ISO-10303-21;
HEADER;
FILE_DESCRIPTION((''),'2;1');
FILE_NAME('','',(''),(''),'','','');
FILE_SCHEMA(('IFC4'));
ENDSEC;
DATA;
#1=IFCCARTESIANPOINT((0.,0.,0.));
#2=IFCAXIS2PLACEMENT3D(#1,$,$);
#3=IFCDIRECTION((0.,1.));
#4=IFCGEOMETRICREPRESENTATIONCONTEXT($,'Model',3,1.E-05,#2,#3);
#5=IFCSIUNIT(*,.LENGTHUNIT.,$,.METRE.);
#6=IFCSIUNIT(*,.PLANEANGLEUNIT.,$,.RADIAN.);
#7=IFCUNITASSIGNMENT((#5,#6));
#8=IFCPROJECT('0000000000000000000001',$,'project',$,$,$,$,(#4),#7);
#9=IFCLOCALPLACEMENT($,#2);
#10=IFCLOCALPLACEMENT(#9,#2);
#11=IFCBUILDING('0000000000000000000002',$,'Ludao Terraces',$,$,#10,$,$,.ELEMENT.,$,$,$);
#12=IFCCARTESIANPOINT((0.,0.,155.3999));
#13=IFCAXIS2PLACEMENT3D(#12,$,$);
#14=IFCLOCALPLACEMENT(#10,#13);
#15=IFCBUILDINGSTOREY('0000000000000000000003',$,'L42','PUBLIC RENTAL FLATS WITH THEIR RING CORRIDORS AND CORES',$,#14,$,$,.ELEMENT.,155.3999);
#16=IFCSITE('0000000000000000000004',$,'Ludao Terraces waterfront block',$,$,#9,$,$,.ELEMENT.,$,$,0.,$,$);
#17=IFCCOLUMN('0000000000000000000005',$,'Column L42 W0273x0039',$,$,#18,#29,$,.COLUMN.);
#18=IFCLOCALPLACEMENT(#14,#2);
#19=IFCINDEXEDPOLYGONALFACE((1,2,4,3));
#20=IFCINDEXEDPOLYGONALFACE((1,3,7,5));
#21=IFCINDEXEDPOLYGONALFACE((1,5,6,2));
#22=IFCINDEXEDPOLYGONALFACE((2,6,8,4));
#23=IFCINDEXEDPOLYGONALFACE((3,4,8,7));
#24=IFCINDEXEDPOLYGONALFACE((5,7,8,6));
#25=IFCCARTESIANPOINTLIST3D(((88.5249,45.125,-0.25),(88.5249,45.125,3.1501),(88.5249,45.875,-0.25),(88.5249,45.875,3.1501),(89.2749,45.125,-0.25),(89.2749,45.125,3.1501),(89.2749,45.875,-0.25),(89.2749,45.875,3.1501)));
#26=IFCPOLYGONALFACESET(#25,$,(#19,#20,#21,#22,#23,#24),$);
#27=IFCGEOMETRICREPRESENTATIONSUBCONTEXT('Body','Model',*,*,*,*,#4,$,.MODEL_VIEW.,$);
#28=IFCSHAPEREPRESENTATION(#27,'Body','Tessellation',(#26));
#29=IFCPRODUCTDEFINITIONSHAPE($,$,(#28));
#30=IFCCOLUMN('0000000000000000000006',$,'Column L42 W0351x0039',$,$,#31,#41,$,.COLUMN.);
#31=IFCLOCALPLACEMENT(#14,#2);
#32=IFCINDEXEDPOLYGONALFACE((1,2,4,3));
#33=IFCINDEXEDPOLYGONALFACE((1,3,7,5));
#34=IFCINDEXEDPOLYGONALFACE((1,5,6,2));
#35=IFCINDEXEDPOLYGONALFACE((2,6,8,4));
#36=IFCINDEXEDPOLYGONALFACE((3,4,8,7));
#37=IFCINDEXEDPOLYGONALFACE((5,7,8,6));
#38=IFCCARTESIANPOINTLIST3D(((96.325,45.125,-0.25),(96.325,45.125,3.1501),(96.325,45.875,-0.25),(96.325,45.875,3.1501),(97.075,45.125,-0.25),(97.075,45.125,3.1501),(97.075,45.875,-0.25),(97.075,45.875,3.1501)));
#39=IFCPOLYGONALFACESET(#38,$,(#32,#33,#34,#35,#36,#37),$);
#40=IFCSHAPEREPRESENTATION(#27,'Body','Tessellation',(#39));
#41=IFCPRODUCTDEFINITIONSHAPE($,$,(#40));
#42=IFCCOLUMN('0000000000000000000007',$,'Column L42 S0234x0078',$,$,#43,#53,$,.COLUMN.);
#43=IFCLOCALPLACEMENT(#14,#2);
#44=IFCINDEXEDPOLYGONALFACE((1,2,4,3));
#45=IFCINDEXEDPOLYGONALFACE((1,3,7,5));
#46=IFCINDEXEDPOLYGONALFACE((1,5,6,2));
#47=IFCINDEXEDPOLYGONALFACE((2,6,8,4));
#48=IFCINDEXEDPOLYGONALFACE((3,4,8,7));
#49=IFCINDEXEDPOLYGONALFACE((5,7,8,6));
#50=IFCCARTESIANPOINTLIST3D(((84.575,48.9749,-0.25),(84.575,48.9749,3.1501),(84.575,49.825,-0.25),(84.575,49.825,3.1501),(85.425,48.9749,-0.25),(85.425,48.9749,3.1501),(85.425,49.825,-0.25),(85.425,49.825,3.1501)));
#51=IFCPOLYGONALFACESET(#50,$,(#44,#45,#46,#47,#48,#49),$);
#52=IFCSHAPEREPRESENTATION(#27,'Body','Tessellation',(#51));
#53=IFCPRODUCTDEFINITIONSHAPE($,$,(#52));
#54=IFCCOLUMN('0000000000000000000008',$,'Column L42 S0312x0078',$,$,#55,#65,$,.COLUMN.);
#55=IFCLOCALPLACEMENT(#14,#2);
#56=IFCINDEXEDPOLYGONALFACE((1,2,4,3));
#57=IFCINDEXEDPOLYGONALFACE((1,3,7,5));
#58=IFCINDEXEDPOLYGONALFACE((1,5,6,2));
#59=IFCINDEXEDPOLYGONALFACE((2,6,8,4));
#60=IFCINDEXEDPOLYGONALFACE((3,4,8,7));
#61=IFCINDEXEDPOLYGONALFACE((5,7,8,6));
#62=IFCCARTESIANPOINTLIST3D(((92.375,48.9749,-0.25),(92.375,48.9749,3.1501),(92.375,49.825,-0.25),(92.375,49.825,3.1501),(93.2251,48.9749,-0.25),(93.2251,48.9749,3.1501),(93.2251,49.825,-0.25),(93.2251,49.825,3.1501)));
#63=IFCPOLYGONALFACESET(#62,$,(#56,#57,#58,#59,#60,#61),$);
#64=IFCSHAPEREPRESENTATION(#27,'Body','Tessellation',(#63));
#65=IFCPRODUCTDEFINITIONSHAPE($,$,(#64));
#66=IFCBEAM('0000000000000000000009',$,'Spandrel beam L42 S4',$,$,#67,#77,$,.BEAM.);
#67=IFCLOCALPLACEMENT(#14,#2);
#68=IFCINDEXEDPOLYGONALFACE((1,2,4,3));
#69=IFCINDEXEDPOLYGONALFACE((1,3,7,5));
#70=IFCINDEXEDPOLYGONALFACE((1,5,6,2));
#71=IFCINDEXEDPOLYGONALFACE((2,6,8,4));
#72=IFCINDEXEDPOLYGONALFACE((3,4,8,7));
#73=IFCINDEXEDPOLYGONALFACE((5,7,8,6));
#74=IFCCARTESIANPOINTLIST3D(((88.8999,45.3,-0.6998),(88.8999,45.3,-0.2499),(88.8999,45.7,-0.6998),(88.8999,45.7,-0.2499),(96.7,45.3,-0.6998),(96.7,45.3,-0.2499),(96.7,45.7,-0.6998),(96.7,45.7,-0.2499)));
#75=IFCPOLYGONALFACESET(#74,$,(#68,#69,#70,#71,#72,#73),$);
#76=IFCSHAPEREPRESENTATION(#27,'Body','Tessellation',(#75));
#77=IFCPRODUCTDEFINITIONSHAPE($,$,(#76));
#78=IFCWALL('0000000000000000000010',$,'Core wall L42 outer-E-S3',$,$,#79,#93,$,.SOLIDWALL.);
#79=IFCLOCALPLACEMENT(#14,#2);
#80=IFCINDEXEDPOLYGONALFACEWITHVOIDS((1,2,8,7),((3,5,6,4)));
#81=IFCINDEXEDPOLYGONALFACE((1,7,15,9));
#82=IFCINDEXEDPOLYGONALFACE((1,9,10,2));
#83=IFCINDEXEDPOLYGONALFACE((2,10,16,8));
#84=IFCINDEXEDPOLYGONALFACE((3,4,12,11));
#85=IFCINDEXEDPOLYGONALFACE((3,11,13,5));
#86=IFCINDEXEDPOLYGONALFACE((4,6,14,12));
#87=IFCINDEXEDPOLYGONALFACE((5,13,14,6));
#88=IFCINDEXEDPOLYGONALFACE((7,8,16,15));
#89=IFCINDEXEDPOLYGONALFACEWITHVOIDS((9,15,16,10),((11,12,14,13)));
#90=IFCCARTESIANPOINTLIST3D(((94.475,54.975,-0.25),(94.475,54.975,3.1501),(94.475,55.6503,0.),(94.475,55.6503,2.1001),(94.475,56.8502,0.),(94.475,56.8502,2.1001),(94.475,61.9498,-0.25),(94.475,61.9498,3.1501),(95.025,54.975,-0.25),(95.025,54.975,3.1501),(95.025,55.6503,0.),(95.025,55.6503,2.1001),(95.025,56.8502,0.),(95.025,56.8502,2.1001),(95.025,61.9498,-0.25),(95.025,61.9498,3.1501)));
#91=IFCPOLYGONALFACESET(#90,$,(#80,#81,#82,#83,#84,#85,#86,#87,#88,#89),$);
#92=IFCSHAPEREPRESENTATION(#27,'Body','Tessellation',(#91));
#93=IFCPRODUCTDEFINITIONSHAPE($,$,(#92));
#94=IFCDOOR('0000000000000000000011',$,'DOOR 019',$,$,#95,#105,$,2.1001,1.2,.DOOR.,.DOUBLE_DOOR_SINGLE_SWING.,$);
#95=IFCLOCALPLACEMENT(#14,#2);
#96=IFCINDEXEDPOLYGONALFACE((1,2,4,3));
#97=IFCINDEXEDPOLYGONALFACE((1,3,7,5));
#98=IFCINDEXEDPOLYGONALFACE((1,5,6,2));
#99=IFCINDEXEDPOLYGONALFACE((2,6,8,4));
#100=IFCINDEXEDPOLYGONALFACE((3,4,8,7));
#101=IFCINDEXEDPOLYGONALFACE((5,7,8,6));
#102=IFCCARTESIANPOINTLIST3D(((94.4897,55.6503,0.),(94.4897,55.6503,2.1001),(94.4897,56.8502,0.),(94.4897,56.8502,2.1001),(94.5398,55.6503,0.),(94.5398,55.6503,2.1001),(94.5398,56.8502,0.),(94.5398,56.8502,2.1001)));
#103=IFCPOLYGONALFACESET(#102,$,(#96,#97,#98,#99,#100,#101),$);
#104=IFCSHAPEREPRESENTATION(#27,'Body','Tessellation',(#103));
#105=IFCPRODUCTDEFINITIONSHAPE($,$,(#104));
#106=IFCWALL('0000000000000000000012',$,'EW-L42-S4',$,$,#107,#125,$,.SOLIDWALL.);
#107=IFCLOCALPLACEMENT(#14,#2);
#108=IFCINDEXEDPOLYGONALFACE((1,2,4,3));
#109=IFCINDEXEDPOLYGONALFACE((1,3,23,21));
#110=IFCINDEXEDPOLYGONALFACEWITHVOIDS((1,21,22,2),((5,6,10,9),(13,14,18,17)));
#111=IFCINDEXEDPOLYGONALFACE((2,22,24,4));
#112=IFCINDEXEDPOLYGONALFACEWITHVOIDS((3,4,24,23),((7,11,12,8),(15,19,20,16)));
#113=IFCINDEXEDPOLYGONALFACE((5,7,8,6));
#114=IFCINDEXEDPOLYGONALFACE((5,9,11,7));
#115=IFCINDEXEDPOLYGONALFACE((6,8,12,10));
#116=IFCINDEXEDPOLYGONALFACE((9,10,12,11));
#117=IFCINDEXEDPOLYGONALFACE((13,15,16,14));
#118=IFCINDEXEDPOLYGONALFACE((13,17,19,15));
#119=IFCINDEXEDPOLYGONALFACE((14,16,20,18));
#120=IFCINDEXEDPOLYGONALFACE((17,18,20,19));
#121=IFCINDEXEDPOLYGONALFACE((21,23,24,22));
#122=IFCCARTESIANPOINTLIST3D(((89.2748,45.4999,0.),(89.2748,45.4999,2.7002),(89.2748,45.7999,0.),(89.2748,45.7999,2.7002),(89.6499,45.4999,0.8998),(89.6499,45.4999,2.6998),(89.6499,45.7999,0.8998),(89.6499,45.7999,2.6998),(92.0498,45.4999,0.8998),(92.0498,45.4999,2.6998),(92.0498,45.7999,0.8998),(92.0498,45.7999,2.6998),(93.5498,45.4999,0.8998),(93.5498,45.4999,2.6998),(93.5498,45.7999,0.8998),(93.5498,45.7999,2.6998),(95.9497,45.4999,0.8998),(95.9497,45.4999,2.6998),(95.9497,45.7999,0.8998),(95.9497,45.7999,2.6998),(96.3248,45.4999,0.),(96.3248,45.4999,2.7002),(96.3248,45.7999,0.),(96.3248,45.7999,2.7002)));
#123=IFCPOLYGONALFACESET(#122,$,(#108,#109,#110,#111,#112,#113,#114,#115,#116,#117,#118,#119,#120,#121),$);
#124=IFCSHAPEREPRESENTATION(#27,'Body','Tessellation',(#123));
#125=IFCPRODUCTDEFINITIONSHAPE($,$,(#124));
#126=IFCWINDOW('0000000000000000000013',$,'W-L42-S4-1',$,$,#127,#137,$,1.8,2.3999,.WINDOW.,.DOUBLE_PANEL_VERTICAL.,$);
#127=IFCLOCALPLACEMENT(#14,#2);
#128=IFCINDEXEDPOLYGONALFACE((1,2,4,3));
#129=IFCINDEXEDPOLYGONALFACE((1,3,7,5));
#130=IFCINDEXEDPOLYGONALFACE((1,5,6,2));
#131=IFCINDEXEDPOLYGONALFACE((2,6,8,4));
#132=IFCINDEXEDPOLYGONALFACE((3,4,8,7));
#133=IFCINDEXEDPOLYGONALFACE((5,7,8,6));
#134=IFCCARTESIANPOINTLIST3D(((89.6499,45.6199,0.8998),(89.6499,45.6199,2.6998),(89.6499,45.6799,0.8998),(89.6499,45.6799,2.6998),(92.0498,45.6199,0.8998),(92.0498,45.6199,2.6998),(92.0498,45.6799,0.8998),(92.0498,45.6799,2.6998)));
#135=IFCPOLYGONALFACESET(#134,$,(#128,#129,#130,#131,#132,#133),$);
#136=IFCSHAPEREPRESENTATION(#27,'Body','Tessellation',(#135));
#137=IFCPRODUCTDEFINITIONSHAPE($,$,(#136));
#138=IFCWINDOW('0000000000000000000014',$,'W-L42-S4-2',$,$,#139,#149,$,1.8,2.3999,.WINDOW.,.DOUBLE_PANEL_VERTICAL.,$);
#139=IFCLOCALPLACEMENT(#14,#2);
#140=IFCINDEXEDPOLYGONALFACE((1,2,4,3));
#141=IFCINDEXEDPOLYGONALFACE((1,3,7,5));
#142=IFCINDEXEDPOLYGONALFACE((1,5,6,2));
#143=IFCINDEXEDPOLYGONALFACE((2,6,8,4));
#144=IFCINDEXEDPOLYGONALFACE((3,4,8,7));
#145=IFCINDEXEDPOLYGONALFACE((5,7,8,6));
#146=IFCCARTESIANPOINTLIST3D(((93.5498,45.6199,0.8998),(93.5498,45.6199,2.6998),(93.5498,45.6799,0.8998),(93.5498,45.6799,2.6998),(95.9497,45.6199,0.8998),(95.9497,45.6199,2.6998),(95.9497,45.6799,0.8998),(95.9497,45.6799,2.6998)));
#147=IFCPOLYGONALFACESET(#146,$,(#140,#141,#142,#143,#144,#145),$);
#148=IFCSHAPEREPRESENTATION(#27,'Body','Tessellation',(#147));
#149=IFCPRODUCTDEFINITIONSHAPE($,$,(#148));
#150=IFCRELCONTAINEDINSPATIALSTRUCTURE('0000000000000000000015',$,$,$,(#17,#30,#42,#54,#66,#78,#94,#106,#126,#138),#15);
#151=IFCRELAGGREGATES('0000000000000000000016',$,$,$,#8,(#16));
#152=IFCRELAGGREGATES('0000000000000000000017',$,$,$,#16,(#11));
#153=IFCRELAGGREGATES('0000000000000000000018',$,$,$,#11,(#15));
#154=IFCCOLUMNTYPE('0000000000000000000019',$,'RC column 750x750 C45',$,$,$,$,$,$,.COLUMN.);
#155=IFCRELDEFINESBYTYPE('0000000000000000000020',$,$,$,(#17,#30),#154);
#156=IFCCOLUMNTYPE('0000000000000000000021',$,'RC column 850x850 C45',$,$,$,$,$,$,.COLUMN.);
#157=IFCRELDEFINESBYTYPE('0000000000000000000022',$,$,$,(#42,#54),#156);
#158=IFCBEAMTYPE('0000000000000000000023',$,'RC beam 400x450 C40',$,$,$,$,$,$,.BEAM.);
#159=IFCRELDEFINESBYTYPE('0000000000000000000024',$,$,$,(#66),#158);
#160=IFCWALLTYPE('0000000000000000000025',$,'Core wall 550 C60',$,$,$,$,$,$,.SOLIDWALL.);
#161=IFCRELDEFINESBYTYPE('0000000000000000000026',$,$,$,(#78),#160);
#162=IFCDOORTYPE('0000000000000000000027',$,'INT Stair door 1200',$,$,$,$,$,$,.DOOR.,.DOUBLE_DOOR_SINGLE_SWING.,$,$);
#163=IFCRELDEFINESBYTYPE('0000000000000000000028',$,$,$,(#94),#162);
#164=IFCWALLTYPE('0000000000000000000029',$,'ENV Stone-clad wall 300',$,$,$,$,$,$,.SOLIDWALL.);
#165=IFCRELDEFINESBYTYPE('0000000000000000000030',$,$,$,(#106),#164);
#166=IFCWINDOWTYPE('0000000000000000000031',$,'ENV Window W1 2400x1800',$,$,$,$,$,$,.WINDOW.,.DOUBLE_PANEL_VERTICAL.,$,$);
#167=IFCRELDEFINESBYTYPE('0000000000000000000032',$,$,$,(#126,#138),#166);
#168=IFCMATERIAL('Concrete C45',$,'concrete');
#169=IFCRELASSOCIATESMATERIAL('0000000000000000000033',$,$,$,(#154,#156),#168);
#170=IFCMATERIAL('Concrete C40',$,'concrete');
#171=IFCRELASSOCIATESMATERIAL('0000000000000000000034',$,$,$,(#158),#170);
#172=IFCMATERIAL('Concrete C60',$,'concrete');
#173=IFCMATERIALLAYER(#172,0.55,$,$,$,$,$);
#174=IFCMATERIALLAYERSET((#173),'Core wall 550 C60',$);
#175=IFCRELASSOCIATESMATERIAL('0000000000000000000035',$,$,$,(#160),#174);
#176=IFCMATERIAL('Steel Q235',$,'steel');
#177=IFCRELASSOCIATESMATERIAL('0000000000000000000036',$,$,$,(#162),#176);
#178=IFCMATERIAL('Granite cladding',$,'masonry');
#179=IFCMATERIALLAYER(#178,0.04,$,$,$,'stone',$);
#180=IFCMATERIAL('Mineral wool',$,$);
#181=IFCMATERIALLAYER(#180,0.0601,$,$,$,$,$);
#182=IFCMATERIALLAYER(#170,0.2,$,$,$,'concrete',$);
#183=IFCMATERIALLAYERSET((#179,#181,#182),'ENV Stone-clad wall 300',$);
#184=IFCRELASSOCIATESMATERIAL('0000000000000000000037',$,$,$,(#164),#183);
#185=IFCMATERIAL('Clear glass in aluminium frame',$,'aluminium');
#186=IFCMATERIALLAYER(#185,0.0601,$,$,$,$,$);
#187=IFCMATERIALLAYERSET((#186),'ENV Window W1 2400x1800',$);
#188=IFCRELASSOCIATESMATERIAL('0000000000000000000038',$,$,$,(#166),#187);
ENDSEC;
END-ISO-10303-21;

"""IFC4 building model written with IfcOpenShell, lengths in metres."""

from ifc_helpers import new_model, si_unit, direction, frame, frame_2d, origin, origin_2d, place, context, subcontext, project, spatial, rectangle, extrude, material, layer, layer_set, material_profile, profile_set, type_object, element, fill, save


model = new_model("IFC4")

# Units and contexts
model_context = context("Model", 3, precision=1e-05, world=origin(), true_north=direction((0.0, 1.0)))
body_context = subcontext(model_context, "Body", "Model", "MODEL_VIEW")
ifc_project = project(units=[si_unit("LENGTHUNIT", "METRE"), si_unit("PLANEANGLEUNIT", "RADIAN")], contexts=[model_context])

# Site, building, storey
site_placement = place(None, origin())
site = spatial("IfcSite", under=ifc_project, at=site_placement, Name="Ludao Terraces waterfront block", CompositionType="ELEMENT", RefElevation=0.0)
building_placement = place(site_placement, origin())
building = spatial("IfcBuilding", under=site, at=building_placement, Name="Ludao Terraces", CompositionType="ELEMENT")
storey_placement = place(building_placement, frame((0.0, 0.0, 155.3999)))
storey = spatial("IfcBuildingStorey", under=building, at=storey_placement, Name="L42", Description="PUBLIC RENTAL FLATS WITH THEIR RING CORRIDORS AND CORES", CompositionType="ELEMENT", Elevation=155.3999)

# Columns
ifc_material_1 = material(Name="Concrete C45", Category="concrete")
ifc_material_profile_1 = material_profile(ifc_material_1, rectangle(XDim=0.75, YDim=0.75, at=origin_2d()), Name="750 X 750")
ifc_profile_set_1 = profile_set([ifc_material_profile_1], Name="Concrete C45")
column_type_1 = type_object("IfcColumnType", Name="RC column 750x750 C45", PredefinedType="COLUMN", material=ifc_profile_set_1)
for number, where, z_axis, x_axis, name in (
    (1, (88.8999, 45.5, -0.25), (0.0, 0.0, 1.0), (1.0, 0.0, 0.0), "Column L42 W0273x0039"),
    (2, (96.7, 45.5, -0.25), (0.0, 0.0, 1.0), (1.0, 0.0, 0.0), "Column L42 W0351x0039"),
):
    element("IfcColumn", number, at=place(storey_placement, frame(where, z_axis=z_axis, x_axis=x_axis)), inside=storey, type_object=column_type_1, Name=name, PredefinedType="COLUMN", context=body_context, shape_type="SweptSolid", body=[
        extrude(rectangle(XDim=0.75, YDim=0.75, at=origin_2d()), origin(), (0.0, 0.0, 1.0), 3.4001),
    ])
ifc_material_profile_2 = material_profile(ifc_material_1, rectangle(XDim=0.8501, YDim=0.8501, at=origin_2d()), Name="850 X 850")
ifc_profile_set_2 = profile_set([ifc_material_profile_2], Name="Concrete C45")
column_type_2 = type_object("IfcColumnType", Name="RC column 850x850 C45", PredefinedType="COLUMN", material=ifc_profile_set_2)
for number, where, z_axis, x_axis, name in (
    (3, (85.0, 49.3999, -0.25), (0.0, 0.0, 1.0), (1.0, 0.0, 0.0), "Column L42 S0234x0078"),
    (4, (92.8, 49.3999, -0.25), (0.0, 0.0, 1.0), (1.0, 0.0, 0.0), "Column L42 S0312x0078"),
):
    element("IfcColumn", number, at=place(storey_placement, frame(where, z_axis=z_axis, x_axis=x_axis)), inside=storey, type_object=column_type_2, Name=name, PredefinedType="COLUMN", context=body_context, shape_type="SweptSolid", body=[
        extrude(rectangle(XDim=0.8501, YDim=0.8501, at=origin_2d()), origin(), (0.0, 0.0, 1.0), 3.4001),
    ])

# Beam
ifc_material_2 = material(Name="Concrete C40", Category="concrete")
ifc_material_profile_3 = material_profile(ifc_material_2, rectangle(XDim=0.3999, YDim=0.45, at=origin_2d()), Name="400 X 450")
ifc_profile_set_3 = profile_set([ifc_material_profile_3], Name="Concrete C40")
beam_type = type_object("IfcBeamType", Name="RC beam 400x450 C40", PredefinedType="BEAM", material=ifc_profile_set_3)
beam_placement = place(storey_placement, frame((88.8999, 45.5, -0.4749), z_axis=(1.0, 0.0, 0.0), x_axis=(0.0, 1.0, 0.0)))
element("IfcBeam", 5, at=beam_placement, inside=storey, type_object=beam_type, Name="Spandrel beam L42 S4", PredefinedType="BEAM", context=body_context, shape_type="SweptSolid", body=[
    extrude(rectangle(XDim=0.3999, YDim=0.45, at=origin_2d()), origin(), (0.0, 0.0, 1.0), 7.8),
])

# Wall, opening, door
ifc_material_3 = material(Name="Concrete C60", Category="concrete")
ifc_layer_1 = layer(ifc_material_3, 0.55)
ifc_layer_set_1 = layer_set([ifc_layer_1], Name="Core wall 550 C60")
wall_type_1 = type_object("IfcWallType", Name="Core wall 550 C60", PredefinedType="SOLIDWALL", material=ifc_layer_set_1)
wall_1_placement = place(storey_placement, frame((94.75, 54.9751, -0.25), z_axis=(0.0, 0.0, 1.0), x_axis=(0.0, 1.0, 0.0)))
wall_1 = element("IfcWall", 6, at=wall_1_placement, inside=storey, type_object=wall_type_1, Name="Core wall L42 outer-E-S3", PredefinedType="SOLIDWALL", context=body_context, shape_type="SweptSolid", body=[
    extrude(rectangle(XDim=6.9749, YDim=0.55, at=frame_2d((3.4873, 0.0))), origin(), (0.0, 0.0, 1.0), 3.4001),
])
opening_1_placement = place(wall_1_placement, frame((0.675, 0.0, 0.25)))
opening_1 = element("IfcOpeningElement", 7, at=opening_1_placement, cuts=wall_1, PredefinedType="OPENING", context=body_context, shape_type="SweptSolid", body=[
    extrude(rectangle(XDim=1.2, YDim=2.1001, at=frame_2d((0.6001, 1.05))), frame((0.0, 0.2852, 0.0), z_axis=(0.0, -1.0, 0.0), x_axis=(1.0, 0.0, 0.0)), (0.0, 0.0, 1.0), 0.5701),
])
ifc_material_4 = material(Name="Steel Q235", Category="steel")
door_type_1 = type_object("IfcDoorType", Name="INT Stair door 1200", OperationType="DOUBLE_DOOR_SINGLE_SWING", PredefinedType="DOOR", material=ifc_material_4)
door_1_placement = place(opening_1_placement, origin())
door_1 = element("IfcDoor", 8, at=door_1_placement, inside=storey, type_object=door_type_1, Name="DOOR 019", OperationType="DOUBLE_DOOR_SINGLE_SWING", OverallHeight=2.1001, OverallWidth=1.2, PredefinedType="DOOR", context=body_context, shape_type="SweptSolid", body=[
    extrude(rectangle(XDim=1.2, YDim=2.1001, at=frame_2d((0.6001, 1.05))), frame((0.0, 0.2603, 0.0), z_axis=(0.0, -1.0, 0.0), x_axis=(1.0, 0.0, 0.0)), (0.0, 0.0, 1.0), 0.05),
])
fill(opening_1, door_1)

# Wall, openings, windows
ifc_material_5 = material(Name="Granite cladding", Category="masonry")
ifc_layer_2 = layer(ifc_material_5, 0.04, Category="stone")
ifc_material_6 = material(Name="Mineral wool")
ifc_layer_3 = layer(ifc_material_6, 0.0601)
ifc_layer_4 = layer(ifc_material_2, 0.2, Category="concrete")
ifc_layer_set_2 = layer_set([ifc_layer_2, ifc_layer_3, ifc_layer_4], Name="ENV Stone-clad wall 300")
wall_type_2 = type_object("IfcWallType", Name="ENV Stone-clad wall 300", PredefinedType="SOLIDWALL", material=ifc_layer_set_2)
wall_2_placement = place(storey_placement, frame((89.2749, 45.6499, 0.0), z_axis=(0.0, 0.0, 1.0), x_axis=(1.0, 0.0, 0.0)))
wall_2 = element("IfcWall", 9, at=wall_2_placement, inside=storey, type_object=wall_type_2, Name="EW-L42-S4", PredefinedType="SOLIDWALL", context=body_context, shape_type="SweptSolid", body=[
    extrude(rectangle(XDim=7.05, YDim=0.3, at=frame_2d((3.5249, 0.0))), origin(), (0.0, 0.0, 1.0), 2.7002),
])
opening_2_placement = place(wall_2_placement, frame((0.375, 0.0, 0.8999)))
opening_2 = element("IfcOpeningElement", 10, at=opening_2_placement, cuts=wall_2, PredefinedType="OPENING", context=body_context, shape_type="SweptSolid", body=[
    extrude(rectangle(XDim=2.3999, YDim=1.8, at=frame_2d((1.2, 0.8999))), frame((0.0, 0.1602, 0.0), z_axis=(0.0, -1.0, 0.0), x_axis=(1.0, 0.0, 0.0)), (0.0, 0.0, 1.0), 0.3201),
])
opening_3_placement = place(wall_2_placement, frame((4.2749, 0.0, 0.8999)))
opening_3 = element("IfcOpeningElement", 11, at=opening_3_placement, cuts=wall_2, PredefinedType="OPENING", context=body_context, shape_type="SweptSolid", body=[
    extrude(rectangle(XDim=2.3999, YDim=1.8, at=frame_2d((1.2, 0.8999))), frame((0.0, 0.1602, 0.0), z_axis=(0.0, -1.0, 0.0), x_axis=(1.0, 0.0, 0.0)), (0.0, 0.0, 1.0), 0.3201),
])
ifc_material_7 = material(Name="Clear glass in aluminium frame", Category="aluminium")
ifc_layer_5 = layer(ifc_material_7, 0.0601)
ifc_layer_set_3 = layer_set([ifc_layer_5], Name="ENV Window W1 2400x1800")
window_type = type_object("IfcWindowType", Name="ENV Window W1 2400x1800", PartitioningType="DOUBLE_PANEL_VERTICAL", PredefinedType="WINDOW", material=ifc_layer_set_3)
window_1_placement = place(opening_2_placement, origin())
window_1 = element("IfcWindow", 12, at=window_1_placement, inside=storey, type_object=window_type, Name="W-L42-S4-1", OverallHeight=1.8, OverallWidth=2.3999, PartitioningType="DOUBLE_PANEL_VERTICAL", PredefinedType="WINDOW", context=body_context, shape_type="SweptSolid", body=[
    extrude(rectangle(XDim=2.3999, YDim=1.8, at=frame_2d((1.2, 0.8999))), frame((0.0, 0.03, 0.0), z_axis=(0.0, -1.0, 0.0), x_axis=(1.0, 0.0, 0.0)), (0.0, 0.0, 1.0), 0.0601),
])
fill(opening_2, window_1)
window_2_placement = place(opening_3_placement, origin())
window_2 = element("IfcWindow", 13, at=window_2_placement, inside=storey, type_object=window_type, Name="W-L42-S4-2", OverallHeight=1.8, OverallWidth=2.3999, PartitioningType="DOUBLE_PANEL_VERTICAL", PredefinedType="WINDOW", context=body_context, shape_type="SweptSolid", body=[
    extrude(rectangle(XDim=2.3999, YDim=1.8, at=frame_2d((1.2, 0.8999))), frame((0.0, 0.03, 0.0), z_axis=(0.0, -1.0, 0.0), x_axis=(1.0, 0.0, 0.0)), (0.0, 0.0, 1.0), 0.0601),
])
fill(opening_3, window_2)

save(model, "model.ifc")
